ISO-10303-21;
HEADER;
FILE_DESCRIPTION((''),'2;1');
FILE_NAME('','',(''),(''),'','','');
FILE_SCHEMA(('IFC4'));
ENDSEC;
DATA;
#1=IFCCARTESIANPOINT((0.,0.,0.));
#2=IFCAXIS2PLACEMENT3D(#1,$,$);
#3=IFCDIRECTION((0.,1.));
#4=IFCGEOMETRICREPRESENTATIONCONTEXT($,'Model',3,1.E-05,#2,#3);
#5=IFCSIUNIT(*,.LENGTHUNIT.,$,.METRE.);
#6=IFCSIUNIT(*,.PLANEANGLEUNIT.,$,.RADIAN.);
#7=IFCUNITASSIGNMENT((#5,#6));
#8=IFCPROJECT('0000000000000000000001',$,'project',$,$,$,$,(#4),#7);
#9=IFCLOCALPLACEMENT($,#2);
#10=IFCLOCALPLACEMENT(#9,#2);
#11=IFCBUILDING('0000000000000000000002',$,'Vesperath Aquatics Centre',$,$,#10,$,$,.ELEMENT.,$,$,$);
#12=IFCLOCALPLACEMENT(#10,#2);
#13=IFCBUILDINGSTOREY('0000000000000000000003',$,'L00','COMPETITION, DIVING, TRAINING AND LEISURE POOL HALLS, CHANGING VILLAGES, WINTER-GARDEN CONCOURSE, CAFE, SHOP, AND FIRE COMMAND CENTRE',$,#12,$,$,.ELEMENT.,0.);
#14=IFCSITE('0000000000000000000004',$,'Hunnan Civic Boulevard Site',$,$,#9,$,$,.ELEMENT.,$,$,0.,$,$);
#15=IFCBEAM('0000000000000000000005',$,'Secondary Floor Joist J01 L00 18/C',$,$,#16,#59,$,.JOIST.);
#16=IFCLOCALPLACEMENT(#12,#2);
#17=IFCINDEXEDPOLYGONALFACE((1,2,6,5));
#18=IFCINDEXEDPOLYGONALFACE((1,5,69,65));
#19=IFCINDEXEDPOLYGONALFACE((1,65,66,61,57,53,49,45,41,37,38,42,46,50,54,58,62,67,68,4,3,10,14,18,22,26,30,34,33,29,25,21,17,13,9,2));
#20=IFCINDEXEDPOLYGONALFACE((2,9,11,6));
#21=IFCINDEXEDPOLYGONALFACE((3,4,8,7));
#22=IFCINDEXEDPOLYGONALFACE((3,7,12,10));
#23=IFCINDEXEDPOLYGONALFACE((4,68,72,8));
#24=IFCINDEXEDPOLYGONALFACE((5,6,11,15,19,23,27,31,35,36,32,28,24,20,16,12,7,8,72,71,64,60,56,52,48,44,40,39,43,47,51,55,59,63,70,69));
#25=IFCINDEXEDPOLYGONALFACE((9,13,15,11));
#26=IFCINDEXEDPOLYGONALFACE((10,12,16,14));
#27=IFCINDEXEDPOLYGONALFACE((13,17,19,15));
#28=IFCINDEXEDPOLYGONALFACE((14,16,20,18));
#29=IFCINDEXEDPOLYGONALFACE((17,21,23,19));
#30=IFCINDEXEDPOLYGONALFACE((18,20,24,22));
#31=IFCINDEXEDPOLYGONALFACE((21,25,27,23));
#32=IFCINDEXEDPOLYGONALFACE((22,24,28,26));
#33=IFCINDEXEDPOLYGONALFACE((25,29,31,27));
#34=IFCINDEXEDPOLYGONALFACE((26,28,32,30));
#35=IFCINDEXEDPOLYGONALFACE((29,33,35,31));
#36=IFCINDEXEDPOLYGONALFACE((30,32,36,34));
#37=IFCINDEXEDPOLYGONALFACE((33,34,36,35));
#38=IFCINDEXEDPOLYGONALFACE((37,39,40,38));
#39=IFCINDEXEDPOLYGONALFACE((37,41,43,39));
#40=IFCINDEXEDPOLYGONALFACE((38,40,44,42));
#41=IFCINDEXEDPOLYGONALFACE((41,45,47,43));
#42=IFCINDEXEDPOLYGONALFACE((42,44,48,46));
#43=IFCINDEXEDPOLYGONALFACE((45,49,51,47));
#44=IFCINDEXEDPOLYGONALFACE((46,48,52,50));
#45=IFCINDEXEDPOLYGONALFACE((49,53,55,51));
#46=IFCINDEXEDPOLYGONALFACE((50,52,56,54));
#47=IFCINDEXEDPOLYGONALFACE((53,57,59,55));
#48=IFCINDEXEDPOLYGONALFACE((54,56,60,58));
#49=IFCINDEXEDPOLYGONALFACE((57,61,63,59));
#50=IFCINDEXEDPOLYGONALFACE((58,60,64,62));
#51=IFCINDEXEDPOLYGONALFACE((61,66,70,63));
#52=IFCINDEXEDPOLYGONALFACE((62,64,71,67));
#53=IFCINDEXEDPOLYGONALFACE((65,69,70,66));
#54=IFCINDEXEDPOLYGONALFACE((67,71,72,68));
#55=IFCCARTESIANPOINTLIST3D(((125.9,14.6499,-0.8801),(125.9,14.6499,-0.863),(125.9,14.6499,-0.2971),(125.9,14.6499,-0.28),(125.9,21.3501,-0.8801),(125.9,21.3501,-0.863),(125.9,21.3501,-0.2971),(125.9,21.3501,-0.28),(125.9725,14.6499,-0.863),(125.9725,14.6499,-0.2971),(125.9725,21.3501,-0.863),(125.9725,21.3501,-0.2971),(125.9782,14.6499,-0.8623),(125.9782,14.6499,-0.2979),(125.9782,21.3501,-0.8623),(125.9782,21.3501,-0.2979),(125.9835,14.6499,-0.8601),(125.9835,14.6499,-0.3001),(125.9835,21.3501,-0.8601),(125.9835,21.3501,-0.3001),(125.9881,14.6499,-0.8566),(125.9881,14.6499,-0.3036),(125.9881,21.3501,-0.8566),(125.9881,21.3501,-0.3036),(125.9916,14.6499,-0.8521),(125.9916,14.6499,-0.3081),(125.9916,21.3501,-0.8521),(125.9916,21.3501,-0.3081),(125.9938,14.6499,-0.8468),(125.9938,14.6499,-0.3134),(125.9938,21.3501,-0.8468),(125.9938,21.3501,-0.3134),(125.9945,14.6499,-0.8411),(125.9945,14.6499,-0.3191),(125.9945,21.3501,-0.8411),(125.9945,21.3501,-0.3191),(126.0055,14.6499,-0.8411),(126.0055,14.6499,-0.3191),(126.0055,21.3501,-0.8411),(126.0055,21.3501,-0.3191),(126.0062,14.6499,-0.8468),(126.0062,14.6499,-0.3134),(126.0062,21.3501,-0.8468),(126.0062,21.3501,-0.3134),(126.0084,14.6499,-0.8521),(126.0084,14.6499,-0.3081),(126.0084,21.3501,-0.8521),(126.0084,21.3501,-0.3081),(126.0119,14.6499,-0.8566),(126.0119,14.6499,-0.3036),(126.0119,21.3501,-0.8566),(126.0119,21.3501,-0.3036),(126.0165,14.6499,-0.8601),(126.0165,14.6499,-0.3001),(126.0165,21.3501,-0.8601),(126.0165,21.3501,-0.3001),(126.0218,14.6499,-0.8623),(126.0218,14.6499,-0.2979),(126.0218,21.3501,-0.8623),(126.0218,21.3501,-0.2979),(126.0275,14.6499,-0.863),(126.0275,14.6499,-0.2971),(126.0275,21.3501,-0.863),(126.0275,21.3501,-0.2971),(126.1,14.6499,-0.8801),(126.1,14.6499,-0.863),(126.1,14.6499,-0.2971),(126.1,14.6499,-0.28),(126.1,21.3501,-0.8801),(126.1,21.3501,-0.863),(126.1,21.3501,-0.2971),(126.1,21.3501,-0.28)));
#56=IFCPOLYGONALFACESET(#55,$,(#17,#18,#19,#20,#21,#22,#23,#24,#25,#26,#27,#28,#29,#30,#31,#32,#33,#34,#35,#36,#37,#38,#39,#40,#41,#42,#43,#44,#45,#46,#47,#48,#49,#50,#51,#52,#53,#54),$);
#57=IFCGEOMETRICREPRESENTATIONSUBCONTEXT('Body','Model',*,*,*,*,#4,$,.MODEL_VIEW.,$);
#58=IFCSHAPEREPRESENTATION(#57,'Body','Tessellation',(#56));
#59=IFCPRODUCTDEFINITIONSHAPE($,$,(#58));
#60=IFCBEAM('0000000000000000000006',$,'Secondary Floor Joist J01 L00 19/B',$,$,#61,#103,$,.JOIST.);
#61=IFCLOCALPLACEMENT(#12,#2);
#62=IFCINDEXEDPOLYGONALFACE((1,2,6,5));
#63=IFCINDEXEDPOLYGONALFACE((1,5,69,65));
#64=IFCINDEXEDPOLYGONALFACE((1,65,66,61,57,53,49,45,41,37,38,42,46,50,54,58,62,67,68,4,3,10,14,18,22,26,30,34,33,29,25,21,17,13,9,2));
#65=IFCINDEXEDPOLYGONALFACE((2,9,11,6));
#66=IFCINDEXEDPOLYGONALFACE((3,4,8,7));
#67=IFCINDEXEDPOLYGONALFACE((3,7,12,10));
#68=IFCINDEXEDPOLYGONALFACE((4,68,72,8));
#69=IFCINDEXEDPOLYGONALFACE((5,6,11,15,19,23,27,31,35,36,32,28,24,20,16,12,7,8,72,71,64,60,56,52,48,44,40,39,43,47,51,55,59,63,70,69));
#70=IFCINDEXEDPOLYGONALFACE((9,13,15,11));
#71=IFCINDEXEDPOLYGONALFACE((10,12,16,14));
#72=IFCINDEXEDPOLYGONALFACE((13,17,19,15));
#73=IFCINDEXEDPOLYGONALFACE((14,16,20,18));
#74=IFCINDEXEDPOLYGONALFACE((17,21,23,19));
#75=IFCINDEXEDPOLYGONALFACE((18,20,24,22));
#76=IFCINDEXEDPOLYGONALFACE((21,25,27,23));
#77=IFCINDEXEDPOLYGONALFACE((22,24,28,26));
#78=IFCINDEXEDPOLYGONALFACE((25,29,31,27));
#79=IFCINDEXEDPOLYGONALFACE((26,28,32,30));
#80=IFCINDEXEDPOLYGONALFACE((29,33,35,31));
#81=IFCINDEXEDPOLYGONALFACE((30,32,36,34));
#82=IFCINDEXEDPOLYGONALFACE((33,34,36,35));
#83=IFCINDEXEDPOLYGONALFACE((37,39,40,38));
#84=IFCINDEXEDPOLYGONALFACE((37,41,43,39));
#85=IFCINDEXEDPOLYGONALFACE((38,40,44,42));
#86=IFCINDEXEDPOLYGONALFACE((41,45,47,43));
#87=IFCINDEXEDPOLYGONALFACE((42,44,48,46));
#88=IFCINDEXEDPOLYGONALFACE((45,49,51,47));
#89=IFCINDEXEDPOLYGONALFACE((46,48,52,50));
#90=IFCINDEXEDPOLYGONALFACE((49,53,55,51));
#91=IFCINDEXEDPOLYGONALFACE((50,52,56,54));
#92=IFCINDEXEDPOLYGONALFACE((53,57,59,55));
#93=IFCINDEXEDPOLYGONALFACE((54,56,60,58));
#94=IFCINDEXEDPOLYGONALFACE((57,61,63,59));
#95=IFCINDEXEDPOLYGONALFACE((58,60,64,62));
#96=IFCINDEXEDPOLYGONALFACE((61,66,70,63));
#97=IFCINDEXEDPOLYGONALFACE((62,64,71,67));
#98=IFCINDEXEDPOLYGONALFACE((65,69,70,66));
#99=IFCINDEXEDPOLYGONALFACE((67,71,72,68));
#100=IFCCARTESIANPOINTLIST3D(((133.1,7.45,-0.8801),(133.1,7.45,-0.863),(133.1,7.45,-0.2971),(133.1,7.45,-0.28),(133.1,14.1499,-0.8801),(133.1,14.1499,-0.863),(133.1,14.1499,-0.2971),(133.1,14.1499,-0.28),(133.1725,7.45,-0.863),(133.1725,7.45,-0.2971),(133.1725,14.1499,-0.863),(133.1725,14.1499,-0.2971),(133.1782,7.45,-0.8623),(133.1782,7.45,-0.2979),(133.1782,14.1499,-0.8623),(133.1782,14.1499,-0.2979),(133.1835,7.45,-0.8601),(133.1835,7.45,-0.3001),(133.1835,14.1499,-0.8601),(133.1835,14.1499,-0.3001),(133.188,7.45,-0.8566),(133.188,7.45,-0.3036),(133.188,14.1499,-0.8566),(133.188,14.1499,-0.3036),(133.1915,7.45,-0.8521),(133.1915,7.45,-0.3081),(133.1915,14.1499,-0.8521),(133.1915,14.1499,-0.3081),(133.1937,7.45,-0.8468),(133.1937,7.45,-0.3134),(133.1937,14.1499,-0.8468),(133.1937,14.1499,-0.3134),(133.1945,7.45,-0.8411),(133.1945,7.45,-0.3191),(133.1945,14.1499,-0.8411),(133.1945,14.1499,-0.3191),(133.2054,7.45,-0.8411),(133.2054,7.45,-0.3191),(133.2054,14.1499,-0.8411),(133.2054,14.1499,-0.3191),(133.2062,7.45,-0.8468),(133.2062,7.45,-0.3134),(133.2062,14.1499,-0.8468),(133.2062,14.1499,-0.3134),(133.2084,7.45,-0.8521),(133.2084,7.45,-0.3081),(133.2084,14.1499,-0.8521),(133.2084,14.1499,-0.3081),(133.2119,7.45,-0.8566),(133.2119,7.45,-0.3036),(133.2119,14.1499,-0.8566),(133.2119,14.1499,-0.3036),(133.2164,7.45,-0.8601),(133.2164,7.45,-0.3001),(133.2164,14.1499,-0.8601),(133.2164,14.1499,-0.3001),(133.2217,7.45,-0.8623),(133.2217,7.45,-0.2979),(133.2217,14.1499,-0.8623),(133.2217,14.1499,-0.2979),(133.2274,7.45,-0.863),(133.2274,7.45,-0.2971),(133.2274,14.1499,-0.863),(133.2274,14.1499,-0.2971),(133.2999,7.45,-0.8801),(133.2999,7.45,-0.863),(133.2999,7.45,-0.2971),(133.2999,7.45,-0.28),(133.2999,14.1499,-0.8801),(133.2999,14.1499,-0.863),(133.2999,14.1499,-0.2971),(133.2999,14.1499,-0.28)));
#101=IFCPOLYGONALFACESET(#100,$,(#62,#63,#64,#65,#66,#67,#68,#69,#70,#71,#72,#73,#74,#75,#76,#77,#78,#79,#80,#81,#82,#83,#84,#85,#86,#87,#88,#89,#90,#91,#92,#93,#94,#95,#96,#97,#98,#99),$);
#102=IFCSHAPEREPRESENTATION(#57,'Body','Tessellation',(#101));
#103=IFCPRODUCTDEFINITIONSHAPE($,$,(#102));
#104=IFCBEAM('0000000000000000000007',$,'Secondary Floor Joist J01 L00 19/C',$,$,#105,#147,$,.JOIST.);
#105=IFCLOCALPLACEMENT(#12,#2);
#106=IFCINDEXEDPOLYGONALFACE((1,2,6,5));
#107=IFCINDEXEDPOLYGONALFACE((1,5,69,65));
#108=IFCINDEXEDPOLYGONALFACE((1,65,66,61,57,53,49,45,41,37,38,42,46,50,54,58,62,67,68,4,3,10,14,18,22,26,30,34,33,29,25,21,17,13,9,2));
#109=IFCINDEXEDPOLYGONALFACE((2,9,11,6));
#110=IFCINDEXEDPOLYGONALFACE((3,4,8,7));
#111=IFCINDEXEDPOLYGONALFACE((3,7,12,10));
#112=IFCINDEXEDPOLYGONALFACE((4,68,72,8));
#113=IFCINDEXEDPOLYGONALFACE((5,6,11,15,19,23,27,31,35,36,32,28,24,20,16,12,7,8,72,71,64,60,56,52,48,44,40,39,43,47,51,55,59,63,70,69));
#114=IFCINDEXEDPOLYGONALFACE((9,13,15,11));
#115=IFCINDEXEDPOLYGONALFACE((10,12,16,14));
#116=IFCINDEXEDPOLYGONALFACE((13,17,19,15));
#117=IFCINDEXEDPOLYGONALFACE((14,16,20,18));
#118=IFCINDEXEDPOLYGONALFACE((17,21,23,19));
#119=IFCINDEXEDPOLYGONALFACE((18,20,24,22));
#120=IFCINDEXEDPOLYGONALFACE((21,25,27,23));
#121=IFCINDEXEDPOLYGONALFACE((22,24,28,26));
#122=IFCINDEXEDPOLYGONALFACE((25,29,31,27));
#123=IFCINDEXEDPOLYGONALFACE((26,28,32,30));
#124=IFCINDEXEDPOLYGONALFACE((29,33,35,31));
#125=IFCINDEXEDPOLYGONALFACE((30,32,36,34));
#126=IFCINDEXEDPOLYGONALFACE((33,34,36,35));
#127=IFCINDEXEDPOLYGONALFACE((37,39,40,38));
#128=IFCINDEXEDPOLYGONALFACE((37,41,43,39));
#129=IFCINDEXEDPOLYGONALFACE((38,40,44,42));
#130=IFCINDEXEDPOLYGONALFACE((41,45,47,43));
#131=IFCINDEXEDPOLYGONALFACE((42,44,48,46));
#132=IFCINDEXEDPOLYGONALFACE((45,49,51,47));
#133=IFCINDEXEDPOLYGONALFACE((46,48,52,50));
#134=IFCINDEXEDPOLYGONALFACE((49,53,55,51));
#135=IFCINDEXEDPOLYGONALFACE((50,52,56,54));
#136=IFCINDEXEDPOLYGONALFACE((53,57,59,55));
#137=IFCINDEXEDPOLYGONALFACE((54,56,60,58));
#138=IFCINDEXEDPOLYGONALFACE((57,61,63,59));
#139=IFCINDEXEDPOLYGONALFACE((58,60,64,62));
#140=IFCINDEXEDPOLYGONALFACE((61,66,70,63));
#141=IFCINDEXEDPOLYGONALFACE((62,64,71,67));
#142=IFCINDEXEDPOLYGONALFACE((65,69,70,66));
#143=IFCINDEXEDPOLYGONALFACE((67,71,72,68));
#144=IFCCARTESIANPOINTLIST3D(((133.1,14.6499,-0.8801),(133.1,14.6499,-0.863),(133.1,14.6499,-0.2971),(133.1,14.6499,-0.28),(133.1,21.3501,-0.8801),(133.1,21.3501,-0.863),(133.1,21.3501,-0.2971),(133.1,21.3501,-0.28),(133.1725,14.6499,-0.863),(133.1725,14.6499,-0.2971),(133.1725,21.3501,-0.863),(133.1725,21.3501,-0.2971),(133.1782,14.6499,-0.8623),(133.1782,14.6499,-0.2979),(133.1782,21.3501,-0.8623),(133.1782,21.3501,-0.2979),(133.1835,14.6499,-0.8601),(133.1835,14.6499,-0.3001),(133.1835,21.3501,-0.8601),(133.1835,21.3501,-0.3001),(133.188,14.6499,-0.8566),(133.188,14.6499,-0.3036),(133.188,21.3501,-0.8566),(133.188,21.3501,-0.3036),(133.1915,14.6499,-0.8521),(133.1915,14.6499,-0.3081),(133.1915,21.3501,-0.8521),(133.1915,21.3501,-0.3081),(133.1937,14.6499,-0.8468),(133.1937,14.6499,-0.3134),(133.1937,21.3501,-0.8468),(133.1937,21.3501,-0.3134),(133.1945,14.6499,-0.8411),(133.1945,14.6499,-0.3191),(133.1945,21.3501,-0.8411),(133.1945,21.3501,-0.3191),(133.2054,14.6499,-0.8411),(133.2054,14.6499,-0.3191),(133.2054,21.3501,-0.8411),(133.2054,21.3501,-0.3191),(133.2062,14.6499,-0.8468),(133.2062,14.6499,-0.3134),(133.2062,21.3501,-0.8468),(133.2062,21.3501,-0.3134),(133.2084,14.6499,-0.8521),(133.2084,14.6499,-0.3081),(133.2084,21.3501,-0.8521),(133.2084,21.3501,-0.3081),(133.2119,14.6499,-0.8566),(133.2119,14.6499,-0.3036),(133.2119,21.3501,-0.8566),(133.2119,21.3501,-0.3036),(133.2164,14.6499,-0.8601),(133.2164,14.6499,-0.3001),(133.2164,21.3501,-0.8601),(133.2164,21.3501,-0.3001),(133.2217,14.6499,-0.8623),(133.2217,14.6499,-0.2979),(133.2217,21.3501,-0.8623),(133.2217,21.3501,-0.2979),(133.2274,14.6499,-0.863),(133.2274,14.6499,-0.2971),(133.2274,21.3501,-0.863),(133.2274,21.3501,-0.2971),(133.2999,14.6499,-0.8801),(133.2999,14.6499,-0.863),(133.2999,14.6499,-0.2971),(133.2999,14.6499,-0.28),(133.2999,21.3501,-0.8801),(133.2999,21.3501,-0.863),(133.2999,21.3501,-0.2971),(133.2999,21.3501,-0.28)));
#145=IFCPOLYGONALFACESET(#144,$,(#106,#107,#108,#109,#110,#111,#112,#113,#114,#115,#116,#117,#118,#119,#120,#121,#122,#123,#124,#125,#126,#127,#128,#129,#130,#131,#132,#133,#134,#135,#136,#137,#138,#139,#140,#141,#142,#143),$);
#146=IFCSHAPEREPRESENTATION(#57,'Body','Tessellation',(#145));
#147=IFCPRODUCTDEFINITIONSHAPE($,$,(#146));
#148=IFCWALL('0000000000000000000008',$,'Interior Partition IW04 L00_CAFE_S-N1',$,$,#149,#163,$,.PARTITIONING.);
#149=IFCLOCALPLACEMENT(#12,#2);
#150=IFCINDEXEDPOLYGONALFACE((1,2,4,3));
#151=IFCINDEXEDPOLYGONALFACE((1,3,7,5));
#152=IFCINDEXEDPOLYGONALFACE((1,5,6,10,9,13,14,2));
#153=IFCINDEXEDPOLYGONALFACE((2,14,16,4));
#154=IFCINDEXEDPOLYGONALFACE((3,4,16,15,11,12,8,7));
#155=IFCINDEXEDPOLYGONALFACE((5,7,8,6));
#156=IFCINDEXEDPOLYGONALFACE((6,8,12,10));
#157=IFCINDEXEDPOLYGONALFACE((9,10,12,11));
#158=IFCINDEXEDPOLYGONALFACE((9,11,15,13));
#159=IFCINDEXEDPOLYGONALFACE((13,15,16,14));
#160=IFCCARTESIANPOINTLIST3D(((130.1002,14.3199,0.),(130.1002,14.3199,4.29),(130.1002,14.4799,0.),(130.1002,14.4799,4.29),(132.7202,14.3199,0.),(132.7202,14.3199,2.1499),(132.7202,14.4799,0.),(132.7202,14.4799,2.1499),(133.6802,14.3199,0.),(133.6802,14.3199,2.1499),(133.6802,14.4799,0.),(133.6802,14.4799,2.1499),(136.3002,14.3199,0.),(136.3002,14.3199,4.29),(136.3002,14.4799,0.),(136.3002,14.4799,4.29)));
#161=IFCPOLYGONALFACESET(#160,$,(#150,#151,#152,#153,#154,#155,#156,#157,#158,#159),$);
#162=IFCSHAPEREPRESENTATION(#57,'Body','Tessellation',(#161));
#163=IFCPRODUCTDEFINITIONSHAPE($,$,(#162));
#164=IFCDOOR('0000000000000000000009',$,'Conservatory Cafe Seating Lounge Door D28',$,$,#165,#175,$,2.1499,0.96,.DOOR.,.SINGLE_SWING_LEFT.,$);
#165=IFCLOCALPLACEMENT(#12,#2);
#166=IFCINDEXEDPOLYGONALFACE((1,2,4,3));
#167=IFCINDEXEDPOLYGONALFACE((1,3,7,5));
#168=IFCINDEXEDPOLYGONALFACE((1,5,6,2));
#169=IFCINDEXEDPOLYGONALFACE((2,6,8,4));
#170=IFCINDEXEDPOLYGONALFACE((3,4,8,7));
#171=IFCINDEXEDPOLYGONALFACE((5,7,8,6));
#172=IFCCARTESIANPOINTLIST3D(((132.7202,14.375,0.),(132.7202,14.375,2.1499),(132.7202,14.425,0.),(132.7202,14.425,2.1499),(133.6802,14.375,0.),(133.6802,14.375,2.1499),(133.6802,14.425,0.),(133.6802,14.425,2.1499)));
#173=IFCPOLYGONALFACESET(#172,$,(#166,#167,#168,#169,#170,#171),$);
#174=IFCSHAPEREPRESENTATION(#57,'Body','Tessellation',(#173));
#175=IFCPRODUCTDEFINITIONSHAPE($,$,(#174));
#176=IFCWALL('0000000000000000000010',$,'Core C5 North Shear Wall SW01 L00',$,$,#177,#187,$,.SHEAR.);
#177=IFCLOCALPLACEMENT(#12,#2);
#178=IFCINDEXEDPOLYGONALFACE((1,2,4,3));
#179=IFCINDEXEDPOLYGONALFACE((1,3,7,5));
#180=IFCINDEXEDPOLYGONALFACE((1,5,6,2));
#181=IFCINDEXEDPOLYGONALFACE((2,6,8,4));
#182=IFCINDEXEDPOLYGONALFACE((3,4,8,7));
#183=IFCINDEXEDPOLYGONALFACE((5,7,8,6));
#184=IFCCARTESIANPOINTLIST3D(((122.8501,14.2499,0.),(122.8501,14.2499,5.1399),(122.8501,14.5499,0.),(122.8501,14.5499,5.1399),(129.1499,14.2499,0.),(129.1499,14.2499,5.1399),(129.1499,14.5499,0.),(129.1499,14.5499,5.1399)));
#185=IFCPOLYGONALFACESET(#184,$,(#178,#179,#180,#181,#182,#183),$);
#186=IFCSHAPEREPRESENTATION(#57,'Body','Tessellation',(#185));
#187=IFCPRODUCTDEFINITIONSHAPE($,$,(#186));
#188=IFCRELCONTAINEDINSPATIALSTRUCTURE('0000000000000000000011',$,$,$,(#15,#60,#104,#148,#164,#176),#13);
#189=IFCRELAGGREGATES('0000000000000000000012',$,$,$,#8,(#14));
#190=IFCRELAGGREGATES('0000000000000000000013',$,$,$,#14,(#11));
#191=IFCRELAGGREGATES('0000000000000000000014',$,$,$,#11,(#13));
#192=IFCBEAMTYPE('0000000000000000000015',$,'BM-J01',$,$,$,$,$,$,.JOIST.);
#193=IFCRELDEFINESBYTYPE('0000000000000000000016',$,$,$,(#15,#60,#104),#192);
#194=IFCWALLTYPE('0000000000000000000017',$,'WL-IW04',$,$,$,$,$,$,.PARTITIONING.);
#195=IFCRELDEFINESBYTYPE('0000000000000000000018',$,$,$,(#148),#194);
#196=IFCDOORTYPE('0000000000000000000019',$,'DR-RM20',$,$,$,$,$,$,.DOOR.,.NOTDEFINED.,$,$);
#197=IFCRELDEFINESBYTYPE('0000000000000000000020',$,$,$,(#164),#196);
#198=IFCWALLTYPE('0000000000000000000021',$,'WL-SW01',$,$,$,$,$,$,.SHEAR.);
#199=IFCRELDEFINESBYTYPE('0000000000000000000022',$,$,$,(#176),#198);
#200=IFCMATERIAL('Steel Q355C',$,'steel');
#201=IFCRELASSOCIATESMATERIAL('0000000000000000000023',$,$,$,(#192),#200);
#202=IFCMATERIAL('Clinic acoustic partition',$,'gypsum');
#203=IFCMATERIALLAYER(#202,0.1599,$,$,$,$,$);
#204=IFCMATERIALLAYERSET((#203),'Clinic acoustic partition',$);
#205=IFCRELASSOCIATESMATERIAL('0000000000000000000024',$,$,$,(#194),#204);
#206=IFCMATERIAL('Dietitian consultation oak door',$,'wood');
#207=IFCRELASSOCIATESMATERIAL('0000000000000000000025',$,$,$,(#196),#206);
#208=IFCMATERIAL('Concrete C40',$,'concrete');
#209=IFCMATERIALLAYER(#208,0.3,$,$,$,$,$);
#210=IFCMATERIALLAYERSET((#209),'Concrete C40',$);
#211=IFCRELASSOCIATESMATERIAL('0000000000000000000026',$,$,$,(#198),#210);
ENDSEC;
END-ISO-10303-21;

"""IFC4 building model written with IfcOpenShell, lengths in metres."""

from ifc_helpers import new_model, si_unit, direction, frame, frame_2d, origin, origin_2d, place, context, subcontext, project, spatial, rectangle, i_section, extrude, material, layer, layer_set, material_profile, profile_set, type_object, element, fill, save


model = new_model("IFC4")

# Units and contexts
model_context = context("Model", 3, precision=1e-05, world=origin(), true_north=direction((0.0, 1.0)))
body_context = subcontext(model_context, "Body", "Model", "MODEL_VIEW")
ifc_project = project(units=[si_unit("LENGTHUNIT", "METRE"), si_unit("PLANEANGLEUNIT", "RADIAN")], contexts=[model_context])

# Site, building, storey
site_placement = place(None, origin())
site = spatial("IfcSite", under=ifc_project, at=site_placement, Name="Hunnan Civic Boulevard Site", CompositionType="ELEMENT", RefElevation=0.0)
building_placement = place(site_placement, origin())
building = spatial("IfcBuilding", under=site, at=building_placement, Name="Vesperath Aquatics Centre", CompositionType="ELEMENT")
storey_placement = place(building_placement, origin())
storey = spatial("IfcBuildingStorey", under=building, at=storey_placement, Name="L00", Description="COMPETITION, DIVING, TRAINING AND LEISURE POOL HALLS, CHANGING VILLAGES, WINTER-GARDEN CONCOURSE, CAFE, SHOP, AND FIRE COMMAND CENTRE", CompositionType="ELEMENT", Elevation=0.0)

# Shared definitions
ifc_material_1 = material(Name="Concrete C40", Category="concrete")

# Beams
ifc_material_2 = material(Name="Steel Q355C", Category="steel")
ifc_material_profile_1 = material_profile(ifc_material_2, i_section(OverallWidth=0.2, OverallDepth=0.6001, WebThickness=0.011, FlangeThickness=0.0171, FilletRadius=0.022, at=origin_2d()), Name="HN 600x200x11x17")
ifc_profile_set_1 = profile_set([ifc_material_profile_1], Name="Steel Q355C")
beam_type_1 = type_object("IfcBeamType", Name="BM-J01", PredefinedType="JOIST", material=ifc_profile_set_1)
beam_1_placement = place(storey_placement, frame((126.0, 14.6499, -0.5801), z_axis=(0.0, 1.0, 0.0), x_axis=(-1.0, 0.0, 0.0)))
element("IfcBeam", 1, at=beam_1_placement, inside=storey, type_object=beam_type_1, Name="Secondary Floor Joist J01 L00 18/C", PredefinedType="JOIST", context=body_context, shape_type="SweptSolid", body=[
    extrude(i_section(OverallWidth=0.2, OverallDepth=0.6001, WebThickness=0.011, FlangeThickness=0.0171, FilletRadius=0.022, at=origin_2d()), origin(), (0.0, 0.0, 1.0), 6.7002),
])
beam_2_placement = place(storey_placement, frame((133.2, 7.45, -0.5801), z_axis=(0.0, 1.0, 0.0), x_axis=(-1.0, 0.0, 0.0)))
element("IfcBeam", 2, at=beam_2_placement, inside=storey, type_object=beam_type_1, Name="Secondary Floor Joist J01 L00 19/B", PredefinedType="JOIST", context=body_context, shape_type="SweptSolid", body=[
    extrude(i_section(OverallWidth=0.2, OverallDepth=0.6001, WebThickness=0.011, FlangeThickness=0.0171, FilletRadius=0.022, at=origin_2d()), origin(), (0.0, 0.0, 1.0), 6.7),
])
beam_3_placement = place(storey_placement, frame((133.2, 14.6499, -0.5801), z_axis=(0.0, 1.0, 0.0), x_axis=(-1.0, 0.0, 0.0)))
element("IfcBeam", 3, at=beam_3_placement, inside=storey, type_object=beam_type_1, Name="Secondary Floor Joist J01 L00 19/C", PredefinedType="JOIST", context=body_context, shape_type="SweptSolid", body=[
    extrude(i_section(OverallWidth=0.2, OverallDepth=0.6001, WebThickness=0.011, FlangeThickness=0.0171, FilletRadius=0.022, at=origin_2d()), origin(), (0.0, 0.0, 1.0), 6.7002),
])

# Wall, opening, door
ifc_material_3 = material(Name="Clinic acoustic partition", Category="gypsum")
ifc_layer_1 = layer(ifc_material_3, 0.1599)
ifc_layer_set_1 = layer_set([ifc_layer_1], Name="Clinic acoustic partition")
wall_type_1 = type_object("IfcWallType", Name="WL-IW04", PredefinedType="PARTITIONING", material=ifc_layer_set_1)
wall_1_placement = place(storey_placement, frame((130.1001, 14.3999, 0.0), z_axis=(0.0, 0.0, 1.0), x_axis=(1.0, 0.0, 0.0)))
wall_1 = element("IfcWall", 4, at=wall_1_placement, inside=storey, type_object=wall_type_1, Name="Interior Partition IW04 L00_CAFE_S-N1", PredefinedType="PARTITIONING", context=body_context, shape_type="SweptSolid", body=[
    extrude(rectangle(XDim=6.2, YDim=0.1599, at=frame_2d((3.1001, 0.0))), origin(), (0.0, 0.0, 1.0), 4.29),
])
opening_1_placement = place(wall_1_placement, frame((2.6201, 0.0, 0.0)))
opening_1 = element("IfcOpeningElement", 5, at=opening_1_placement, cuts=wall_1, PredefinedType="OPENING", context=body_context, shape_type="SweptSolid", body=[
    extrude(rectangle(XDim=0.96, YDim=2.1499, at=frame_2d((0.48, 1.075))), frame((0.0, 0.0947, 0.0), z_axis=(0.0, -1.0, 0.0), x_axis=(1.0, 0.0, 0.0)), (0.0, 0.0, 1.0), 0.1897),
])
ifc_material_4 = material(Name="Dietitian consultation oak door", Category="wood")
door_type_1 = type_object("IfcDoorType", Name="DR-RM20", OperationType="NOTDEFINED", PredefinedType="DOOR", material=ifc_material_4)
door_1_placement = place(opening_1_placement, frame((0.96, 0.0, 0.0), z_axis=(0.0, 0.0, 1.0), x_axis=(-1.0, 0.0, 0.0)))
door_1 = element("IfcDoor", 6, at=door_1_placement, inside=storey, type_object=door_type_1, Name="Conservatory Cafe Seating Lounge Door D28", OperationType="SINGLE_SWING_LEFT", OverallHeight=2.1499, OverallWidth=0.96, PredefinedType="DOOR", context=body_context, shape_type="SweptSolid", body=[
    extrude(rectangle(XDim=0.96, YDim=2.1499, at=frame_2d((0.48, 1.075))), frame((0.0, 0.0249, 0.0), z_axis=(0.0, -1.0, 0.0), x_axis=(1.0, 0.0, 0.0)), (0.0, 0.0, 1.0), 0.05),
])
fill(opening_1, door_1)

# Wall
ifc_layer_2 = layer(ifc_material_1, 0.3)
ifc_layer_set_2 = layer_set([ifc_layer_2], Name="Concrete C40")
wall_type_2 = type_object("IfcWallType", Name="WL-SW01", PredefinedType="SHEAR", material=ifc_layer_set_2)
wall_2_placement = place(storey_placement, frame((122.8501, 14.3999, 0.0), z_axis=(0.0, 0.0, 1.0), x_axis=(1.0, 0.0, 0.0)))
element("IfcWall", 7, at=wall_2_placement, inside=storey, type_object=wall_type_2, Name="Core C5 North Shear Wall SW01 L00", PredefinedType="SHEAR", context=body_context, shape_type="SweptSolid", body=[
    extrude(rectangle(XDim=6.2998, YDim=0.3, at=frame_2d((3.1499, 0.0))), origin(), (0.0, 0.0, 1.0), 5.1399),
])

save(model, "model.ifc")
